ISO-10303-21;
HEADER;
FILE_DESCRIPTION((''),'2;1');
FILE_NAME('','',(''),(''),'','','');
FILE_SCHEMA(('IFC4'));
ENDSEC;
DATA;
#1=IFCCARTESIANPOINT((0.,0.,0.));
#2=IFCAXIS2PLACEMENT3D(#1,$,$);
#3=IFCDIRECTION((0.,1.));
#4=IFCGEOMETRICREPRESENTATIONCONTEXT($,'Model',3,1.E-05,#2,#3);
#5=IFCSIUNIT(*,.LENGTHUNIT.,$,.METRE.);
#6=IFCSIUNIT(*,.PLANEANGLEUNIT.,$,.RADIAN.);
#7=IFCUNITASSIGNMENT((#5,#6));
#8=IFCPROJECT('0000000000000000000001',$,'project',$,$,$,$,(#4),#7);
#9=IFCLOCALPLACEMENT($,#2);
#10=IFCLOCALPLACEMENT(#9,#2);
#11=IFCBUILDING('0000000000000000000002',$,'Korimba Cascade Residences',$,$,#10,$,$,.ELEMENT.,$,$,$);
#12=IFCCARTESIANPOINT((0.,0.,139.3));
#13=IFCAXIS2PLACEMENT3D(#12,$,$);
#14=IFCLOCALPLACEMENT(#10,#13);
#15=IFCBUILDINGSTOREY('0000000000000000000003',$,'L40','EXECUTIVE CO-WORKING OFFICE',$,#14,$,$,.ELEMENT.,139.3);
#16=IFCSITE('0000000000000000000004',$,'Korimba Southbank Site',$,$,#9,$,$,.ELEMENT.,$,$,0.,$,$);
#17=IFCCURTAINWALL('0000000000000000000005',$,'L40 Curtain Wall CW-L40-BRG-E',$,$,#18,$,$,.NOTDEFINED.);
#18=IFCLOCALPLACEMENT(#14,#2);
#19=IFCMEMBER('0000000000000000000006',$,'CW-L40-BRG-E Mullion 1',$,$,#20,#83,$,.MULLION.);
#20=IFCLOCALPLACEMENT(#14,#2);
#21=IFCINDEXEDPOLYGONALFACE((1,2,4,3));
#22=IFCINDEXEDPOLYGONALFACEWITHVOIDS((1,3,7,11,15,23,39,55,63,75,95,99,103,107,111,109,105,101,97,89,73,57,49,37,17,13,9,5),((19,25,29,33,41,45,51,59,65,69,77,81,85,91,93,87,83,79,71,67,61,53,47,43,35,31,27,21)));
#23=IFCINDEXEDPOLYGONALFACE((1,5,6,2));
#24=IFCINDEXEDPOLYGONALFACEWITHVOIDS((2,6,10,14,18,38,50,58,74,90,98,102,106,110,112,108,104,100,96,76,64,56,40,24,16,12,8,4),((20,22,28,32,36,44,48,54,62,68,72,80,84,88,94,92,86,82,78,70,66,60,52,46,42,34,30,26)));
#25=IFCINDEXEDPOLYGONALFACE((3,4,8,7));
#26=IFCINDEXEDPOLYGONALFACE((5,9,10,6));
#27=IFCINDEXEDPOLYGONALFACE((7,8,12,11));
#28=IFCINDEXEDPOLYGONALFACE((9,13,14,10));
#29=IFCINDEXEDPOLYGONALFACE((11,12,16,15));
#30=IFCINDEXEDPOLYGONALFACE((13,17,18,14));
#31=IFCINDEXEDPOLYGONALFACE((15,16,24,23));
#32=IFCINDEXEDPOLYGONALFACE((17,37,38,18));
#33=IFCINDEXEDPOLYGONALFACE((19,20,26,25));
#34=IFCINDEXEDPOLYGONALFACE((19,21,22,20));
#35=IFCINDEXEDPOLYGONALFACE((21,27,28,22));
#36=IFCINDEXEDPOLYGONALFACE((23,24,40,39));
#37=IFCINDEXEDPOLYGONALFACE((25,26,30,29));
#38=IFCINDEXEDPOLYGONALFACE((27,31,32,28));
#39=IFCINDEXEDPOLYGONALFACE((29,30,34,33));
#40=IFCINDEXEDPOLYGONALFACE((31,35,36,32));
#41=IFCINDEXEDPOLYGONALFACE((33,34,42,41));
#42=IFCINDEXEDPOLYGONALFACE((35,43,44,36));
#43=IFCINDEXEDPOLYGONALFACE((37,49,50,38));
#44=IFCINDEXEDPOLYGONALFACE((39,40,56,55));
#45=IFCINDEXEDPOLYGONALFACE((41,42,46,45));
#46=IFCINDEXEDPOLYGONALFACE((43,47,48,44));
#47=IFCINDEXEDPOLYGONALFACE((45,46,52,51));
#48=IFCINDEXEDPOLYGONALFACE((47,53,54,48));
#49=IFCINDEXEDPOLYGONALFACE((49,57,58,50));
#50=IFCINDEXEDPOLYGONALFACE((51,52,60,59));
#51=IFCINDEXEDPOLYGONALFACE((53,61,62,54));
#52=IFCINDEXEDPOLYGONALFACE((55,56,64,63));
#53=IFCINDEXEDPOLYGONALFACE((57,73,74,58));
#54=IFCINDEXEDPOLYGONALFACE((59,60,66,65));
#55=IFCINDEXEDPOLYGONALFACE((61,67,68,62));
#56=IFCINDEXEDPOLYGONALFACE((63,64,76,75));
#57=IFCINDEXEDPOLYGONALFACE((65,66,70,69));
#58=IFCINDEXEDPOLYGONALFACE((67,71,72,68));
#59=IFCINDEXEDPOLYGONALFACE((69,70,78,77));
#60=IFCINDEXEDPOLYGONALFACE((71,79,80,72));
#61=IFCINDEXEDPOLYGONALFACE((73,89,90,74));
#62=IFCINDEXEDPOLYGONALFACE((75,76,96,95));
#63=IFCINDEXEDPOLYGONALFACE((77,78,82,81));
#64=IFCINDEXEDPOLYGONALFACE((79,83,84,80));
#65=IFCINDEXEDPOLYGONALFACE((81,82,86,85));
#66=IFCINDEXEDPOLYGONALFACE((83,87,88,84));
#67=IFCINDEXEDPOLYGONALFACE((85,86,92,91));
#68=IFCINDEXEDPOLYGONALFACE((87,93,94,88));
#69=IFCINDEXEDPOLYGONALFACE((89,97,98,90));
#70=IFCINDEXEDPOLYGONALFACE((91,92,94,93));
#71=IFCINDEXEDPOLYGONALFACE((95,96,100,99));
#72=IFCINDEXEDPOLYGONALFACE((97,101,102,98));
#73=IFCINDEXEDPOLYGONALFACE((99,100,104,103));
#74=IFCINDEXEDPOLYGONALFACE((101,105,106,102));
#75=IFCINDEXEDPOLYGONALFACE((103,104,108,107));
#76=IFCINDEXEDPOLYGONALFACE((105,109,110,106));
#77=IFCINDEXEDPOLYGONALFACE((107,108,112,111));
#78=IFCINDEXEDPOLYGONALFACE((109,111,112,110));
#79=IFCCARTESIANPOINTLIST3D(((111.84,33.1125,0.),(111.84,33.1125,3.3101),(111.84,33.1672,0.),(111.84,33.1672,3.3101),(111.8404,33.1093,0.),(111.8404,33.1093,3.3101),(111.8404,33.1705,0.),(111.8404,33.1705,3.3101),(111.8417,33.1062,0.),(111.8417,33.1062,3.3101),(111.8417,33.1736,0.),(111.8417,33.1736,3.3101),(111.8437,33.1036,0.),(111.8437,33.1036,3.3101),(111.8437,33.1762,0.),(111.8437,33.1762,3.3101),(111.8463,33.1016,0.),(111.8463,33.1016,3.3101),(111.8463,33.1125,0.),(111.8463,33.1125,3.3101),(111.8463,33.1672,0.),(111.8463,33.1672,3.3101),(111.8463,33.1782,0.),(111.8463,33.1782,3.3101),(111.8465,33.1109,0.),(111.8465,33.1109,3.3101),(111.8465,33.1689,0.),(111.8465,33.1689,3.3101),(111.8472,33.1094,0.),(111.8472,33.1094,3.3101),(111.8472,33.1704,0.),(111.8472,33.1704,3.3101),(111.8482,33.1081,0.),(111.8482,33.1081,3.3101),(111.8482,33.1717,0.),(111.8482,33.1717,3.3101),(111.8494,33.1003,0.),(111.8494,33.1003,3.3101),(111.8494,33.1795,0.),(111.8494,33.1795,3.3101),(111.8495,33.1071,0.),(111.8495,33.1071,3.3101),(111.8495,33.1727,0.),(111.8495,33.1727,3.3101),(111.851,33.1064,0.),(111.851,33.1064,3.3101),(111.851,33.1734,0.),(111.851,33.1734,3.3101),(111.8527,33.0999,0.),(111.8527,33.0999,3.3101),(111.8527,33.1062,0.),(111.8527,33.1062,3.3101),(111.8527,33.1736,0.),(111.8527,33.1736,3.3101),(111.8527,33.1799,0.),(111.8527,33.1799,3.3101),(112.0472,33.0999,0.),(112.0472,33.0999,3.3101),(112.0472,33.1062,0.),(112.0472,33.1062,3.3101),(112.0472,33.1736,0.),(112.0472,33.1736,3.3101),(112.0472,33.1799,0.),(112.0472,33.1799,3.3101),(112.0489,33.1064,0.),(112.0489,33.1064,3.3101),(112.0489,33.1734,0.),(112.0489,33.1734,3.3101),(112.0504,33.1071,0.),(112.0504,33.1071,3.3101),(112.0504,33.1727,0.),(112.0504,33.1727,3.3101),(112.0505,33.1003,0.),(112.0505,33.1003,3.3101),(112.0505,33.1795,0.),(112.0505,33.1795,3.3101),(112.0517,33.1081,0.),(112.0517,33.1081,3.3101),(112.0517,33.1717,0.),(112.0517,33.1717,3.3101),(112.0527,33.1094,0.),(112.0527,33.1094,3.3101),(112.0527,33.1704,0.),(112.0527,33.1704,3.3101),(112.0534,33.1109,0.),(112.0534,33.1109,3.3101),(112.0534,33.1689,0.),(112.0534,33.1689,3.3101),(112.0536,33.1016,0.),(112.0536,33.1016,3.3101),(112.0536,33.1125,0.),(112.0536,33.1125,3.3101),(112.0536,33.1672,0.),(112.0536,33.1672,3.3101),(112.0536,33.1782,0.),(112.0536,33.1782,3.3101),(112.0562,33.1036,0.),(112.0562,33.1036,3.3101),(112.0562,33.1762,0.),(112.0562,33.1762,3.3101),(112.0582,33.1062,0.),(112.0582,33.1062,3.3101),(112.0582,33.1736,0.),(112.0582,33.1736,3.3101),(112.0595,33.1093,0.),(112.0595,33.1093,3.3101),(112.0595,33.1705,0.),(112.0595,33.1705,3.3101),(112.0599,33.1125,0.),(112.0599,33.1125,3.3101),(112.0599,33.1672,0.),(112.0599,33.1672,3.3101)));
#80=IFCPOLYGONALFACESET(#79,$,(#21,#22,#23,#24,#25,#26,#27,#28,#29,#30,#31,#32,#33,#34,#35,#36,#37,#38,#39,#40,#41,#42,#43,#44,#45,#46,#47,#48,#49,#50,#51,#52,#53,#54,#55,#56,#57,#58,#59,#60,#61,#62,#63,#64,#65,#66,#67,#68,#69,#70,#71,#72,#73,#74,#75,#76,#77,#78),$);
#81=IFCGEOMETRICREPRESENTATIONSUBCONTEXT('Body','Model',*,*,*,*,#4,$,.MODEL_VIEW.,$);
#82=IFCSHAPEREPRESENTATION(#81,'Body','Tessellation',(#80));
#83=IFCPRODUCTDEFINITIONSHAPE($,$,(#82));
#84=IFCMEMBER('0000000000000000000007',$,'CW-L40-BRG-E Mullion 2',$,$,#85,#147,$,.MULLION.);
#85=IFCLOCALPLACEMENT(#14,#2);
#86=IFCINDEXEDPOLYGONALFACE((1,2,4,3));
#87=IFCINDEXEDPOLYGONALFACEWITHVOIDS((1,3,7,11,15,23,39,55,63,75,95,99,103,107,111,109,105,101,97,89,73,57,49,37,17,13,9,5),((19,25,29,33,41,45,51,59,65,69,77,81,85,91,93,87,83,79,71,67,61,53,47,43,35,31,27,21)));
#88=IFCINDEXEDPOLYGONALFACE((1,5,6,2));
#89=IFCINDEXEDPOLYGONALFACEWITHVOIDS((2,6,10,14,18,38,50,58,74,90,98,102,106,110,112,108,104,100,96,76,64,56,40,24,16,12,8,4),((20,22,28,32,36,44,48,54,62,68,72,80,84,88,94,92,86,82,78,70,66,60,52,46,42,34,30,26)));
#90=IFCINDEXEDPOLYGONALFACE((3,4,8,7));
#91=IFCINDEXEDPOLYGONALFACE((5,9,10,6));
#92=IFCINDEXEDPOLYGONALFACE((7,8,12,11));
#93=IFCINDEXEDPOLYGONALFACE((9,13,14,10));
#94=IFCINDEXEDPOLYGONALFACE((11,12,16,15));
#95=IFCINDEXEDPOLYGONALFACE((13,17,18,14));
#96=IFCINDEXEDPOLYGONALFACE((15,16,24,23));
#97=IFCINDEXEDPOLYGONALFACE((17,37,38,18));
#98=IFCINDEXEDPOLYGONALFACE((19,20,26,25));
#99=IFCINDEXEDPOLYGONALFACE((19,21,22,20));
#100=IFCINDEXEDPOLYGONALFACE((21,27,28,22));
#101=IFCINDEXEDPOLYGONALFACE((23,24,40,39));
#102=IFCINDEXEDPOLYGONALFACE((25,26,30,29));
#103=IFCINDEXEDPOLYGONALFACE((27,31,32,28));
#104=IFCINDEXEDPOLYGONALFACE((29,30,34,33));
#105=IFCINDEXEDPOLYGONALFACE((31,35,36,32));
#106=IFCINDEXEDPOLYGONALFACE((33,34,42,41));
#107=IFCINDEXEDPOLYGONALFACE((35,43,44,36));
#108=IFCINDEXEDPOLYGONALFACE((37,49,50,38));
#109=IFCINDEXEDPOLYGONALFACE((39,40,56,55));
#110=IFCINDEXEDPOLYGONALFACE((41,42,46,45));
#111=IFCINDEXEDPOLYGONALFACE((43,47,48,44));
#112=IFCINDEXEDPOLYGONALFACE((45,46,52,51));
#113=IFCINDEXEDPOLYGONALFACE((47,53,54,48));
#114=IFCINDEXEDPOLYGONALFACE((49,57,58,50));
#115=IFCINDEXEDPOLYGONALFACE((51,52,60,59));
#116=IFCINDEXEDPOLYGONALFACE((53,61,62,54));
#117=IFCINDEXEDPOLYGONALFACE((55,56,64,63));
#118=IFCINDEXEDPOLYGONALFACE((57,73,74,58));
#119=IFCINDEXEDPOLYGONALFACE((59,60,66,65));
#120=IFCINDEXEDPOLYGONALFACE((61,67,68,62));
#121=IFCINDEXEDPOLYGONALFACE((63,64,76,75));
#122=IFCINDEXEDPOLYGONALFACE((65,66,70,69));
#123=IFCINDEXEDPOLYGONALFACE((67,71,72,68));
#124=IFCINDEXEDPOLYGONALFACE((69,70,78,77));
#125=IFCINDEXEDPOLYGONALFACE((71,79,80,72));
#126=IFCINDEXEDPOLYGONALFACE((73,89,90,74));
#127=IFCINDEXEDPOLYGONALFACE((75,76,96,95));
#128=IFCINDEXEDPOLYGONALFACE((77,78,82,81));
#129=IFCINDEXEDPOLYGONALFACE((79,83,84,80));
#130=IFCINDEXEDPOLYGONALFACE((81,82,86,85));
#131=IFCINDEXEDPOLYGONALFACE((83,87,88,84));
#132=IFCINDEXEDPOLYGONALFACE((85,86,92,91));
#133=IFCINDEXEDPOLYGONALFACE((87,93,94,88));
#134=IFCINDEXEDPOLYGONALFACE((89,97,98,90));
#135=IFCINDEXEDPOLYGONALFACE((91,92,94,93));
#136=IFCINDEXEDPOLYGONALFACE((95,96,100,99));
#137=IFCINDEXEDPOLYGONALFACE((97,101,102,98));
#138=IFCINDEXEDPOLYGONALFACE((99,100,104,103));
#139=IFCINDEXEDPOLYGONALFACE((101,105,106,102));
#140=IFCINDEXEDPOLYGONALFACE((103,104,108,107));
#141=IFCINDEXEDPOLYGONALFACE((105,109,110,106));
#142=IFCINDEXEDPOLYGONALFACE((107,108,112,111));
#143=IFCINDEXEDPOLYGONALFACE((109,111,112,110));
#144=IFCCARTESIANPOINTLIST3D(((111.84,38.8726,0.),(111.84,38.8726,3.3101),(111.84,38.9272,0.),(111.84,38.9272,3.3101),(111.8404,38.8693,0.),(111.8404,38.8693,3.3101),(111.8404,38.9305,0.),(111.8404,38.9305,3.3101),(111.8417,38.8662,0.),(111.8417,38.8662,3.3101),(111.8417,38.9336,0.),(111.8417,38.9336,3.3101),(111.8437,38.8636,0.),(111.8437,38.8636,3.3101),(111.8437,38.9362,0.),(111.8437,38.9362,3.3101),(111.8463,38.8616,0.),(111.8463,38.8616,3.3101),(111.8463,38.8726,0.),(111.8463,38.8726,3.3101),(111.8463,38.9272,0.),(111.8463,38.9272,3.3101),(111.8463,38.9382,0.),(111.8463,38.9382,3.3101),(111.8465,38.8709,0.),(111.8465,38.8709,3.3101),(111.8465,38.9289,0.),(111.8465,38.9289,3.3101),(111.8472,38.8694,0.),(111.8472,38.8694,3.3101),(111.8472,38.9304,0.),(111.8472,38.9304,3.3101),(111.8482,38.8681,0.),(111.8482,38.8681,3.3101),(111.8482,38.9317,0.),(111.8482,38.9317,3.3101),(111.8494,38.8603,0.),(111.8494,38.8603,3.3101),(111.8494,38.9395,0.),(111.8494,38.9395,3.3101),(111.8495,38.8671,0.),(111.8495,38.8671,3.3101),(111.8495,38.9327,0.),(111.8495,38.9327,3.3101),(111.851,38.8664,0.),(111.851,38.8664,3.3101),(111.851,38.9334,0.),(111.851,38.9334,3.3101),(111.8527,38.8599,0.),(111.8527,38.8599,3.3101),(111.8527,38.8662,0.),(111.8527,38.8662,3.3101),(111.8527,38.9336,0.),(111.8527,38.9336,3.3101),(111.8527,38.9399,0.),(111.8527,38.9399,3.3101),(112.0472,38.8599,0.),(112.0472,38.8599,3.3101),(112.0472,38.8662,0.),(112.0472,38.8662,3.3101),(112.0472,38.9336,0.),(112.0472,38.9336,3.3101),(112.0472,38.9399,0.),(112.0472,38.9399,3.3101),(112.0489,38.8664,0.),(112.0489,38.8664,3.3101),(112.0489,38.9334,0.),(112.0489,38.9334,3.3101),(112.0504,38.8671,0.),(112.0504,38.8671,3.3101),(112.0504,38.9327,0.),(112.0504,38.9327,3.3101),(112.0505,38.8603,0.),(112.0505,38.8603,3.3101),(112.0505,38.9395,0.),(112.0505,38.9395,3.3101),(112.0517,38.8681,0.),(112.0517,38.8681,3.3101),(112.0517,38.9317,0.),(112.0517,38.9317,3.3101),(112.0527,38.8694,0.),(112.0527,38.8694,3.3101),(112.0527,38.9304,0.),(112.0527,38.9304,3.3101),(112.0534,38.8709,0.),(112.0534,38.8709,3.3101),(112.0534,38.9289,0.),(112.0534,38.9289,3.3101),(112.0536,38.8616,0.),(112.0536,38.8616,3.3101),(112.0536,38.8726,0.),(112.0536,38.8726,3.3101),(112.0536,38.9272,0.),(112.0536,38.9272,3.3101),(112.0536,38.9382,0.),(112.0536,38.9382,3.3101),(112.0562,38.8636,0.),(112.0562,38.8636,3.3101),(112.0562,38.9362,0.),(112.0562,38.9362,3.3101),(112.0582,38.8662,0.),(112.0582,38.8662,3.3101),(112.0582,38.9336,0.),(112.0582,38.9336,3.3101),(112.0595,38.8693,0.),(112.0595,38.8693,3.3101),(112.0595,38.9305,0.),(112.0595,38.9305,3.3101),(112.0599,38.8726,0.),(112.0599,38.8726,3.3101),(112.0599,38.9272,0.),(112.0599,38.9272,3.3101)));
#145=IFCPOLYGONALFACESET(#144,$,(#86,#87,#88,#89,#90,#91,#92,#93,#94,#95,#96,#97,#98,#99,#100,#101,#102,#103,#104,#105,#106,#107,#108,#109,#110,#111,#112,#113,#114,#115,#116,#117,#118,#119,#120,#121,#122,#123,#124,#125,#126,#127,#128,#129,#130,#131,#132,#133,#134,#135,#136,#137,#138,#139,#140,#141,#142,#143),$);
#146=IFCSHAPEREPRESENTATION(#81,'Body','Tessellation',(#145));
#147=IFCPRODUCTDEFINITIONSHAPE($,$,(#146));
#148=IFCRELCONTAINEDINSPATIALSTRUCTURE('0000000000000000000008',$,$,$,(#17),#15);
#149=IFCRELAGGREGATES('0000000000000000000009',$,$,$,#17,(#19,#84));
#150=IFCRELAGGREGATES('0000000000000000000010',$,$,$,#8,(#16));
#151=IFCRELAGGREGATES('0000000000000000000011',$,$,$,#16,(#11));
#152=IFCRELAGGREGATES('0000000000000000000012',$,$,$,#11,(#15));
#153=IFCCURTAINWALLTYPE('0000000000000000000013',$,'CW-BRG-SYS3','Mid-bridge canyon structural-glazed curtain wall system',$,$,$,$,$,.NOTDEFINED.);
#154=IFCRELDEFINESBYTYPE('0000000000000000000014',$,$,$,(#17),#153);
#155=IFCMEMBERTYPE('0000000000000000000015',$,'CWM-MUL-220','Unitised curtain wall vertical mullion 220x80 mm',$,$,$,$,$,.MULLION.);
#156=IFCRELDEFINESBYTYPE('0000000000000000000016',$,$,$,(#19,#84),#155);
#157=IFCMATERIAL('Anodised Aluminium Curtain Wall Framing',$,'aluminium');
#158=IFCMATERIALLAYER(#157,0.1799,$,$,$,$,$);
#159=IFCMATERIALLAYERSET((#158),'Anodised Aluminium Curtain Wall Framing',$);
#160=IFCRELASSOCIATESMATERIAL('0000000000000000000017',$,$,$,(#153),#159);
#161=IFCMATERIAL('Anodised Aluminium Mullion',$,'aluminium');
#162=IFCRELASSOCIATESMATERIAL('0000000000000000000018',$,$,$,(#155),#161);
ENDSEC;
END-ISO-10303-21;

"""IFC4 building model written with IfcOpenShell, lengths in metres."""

from ifc_helpers import new_model, si_unit, direction, frame, origin, origin_2d, place, context, subcontext, project, spatial, hollow_rectangle, extrude, material, layer, layer_set, material_profile, profile_set, type_object, element, aggregate, save


model = new_model("IFC4")

# Units and contexts
model_context = context("Model", 3, precision=1e-05, world=origin(), true_north=direction((0.0, 1.0)))
body_context = subcontext(model_context, "Body", "Model", "MODEL_VIEW")
ifc_project = project(units=[si_unit("LENGTHUNIT", "METRE"), si_unit("PLANEANGLEUNIT", "RADIAN")], contexts=[model_context])

# Site, building, storey
site_placement = place(None, origin())
site = spatial("IfcSite", under=ifc_project, at=site_placement, Name="Korimba Southbank Site", CompositionType="ELEMENT", RefElevation=0.0)
building_placement = place(site_placement, origin())
building = spatial("IfcBuilding", under=site, at=building_placement, Name="Korimba Cascade Residences", CompositionType="ELEMENT")
storey_placement = place(building_placement, frame((0.0, 0.0, 139.3)))
storey = spatial("IfcBuildingStorey", under=building, at=storey_placement, Name="L40", Description="EXECUTIVE CO-WORKING OFFICE", CompositionType="ELEMENT", Elevation=139.3)

# Curtain wall, members
ifc_material_1 = material(Name="Anodised Aluminium Curtain Wall Framing", Category="aluminium")
ifc_layer_1 = layer(ifc_material_1, 0.1799)
ifc_layer_set_1 = layer_set([ifc_layer_1], Name="Anodised Aluminium Curtain Wall Framing")
curtain_wall_type = type_object("IfcCurtainWallType", Name="CW-BRG-SYS3", Description="Mid-bridge canyon structural-glazed curtain wall system", PredefinedType="NOTDEFINED", material=ifc_layer_set_1)
curtain_wall_placement = place(storey_placement, origin())
curtain_wall = element("IfcCurtainWall", 1, at=curtain_wall_placement, inside=storey, type_object=curtain_wall_type, Name="L40 Curtain Wall CW-L40-BRG-E", PredefinedType="NOTDEFINED")
ifc_material_2 = material(Name="Anodised Aluminium Mullion", Category="aluminium")
ifc_material_profile_1 = material_profile(ifc_material_2, hollow_rectangle(XDim=0.0801, YDim=0.22, WallThickness=0.0063, InnerFilletRadius=0.0063, OuterFilletRadius=0.0127, at=origin_2d()), Name="Anodised Aluminium Mullion")
ifc_profile_set_1 = profile_set([ifc_material_profile_1], Name="Anodised Aluminium Mullion")
member_type_1 = type_object("IfcMemberType", Name="CWM-MUL-220", Description="Unitised curtain wall vertical mullion 220x80 mm", PredefinedType="MULLION", material=ifc_profile_set_1)
member_1_placement = place(storey_placement, frame((111.95, 33.1399, 0.0), z_axis=(0.0, 0.0, 1.0), x_axis=(0.0, 1.0, 0.0)))
member_1 = element("IfcMember", 2, at=member_1_placement, type_object=member_type_1, Name="CW-L40-BRG-E Mullion 1", PredefinedType="MULLION", context=body_context, shape_type="SweptSolid", body=[
    extrude(hollow_rectangle(XDim=0.0801, YDim=0.22, WallThickness=0.0063, InnerFilletRadius=0.0063, OuterFilletRadius=0.0127, at=origin_2d()), origin(), (0.0, 0.0, 1.0), 3.3101),
])
member_2_placement = place(storey_placement, frame((111.95, 38.8999, 0.0), z_axis=(0.0, 0.0, 1.0), x_axis=(0.0, 1.0, 0.0)))
member_2 = element("IfcMember", 3, at=member_2_placement, type_object=member_type_1, Name="CW-L40-BRG-E Mullion 2", PredefinedType="MULLION", context=body_context, shape_type="SweptSolid", body=[
    extrude(hollow_rectangle(XDim=0.0801, YDim=0.22, WallThickness=0.0063, InnerFilletRadius=0.0063, OuterFilletRadius=0.0127, at=origin_2d()), origin(), (0.0, 0.0, 1.0), 3.3101),
])

aggregate(curtain_wall, [member_1, member_2])

save(model, "model.ifc")
